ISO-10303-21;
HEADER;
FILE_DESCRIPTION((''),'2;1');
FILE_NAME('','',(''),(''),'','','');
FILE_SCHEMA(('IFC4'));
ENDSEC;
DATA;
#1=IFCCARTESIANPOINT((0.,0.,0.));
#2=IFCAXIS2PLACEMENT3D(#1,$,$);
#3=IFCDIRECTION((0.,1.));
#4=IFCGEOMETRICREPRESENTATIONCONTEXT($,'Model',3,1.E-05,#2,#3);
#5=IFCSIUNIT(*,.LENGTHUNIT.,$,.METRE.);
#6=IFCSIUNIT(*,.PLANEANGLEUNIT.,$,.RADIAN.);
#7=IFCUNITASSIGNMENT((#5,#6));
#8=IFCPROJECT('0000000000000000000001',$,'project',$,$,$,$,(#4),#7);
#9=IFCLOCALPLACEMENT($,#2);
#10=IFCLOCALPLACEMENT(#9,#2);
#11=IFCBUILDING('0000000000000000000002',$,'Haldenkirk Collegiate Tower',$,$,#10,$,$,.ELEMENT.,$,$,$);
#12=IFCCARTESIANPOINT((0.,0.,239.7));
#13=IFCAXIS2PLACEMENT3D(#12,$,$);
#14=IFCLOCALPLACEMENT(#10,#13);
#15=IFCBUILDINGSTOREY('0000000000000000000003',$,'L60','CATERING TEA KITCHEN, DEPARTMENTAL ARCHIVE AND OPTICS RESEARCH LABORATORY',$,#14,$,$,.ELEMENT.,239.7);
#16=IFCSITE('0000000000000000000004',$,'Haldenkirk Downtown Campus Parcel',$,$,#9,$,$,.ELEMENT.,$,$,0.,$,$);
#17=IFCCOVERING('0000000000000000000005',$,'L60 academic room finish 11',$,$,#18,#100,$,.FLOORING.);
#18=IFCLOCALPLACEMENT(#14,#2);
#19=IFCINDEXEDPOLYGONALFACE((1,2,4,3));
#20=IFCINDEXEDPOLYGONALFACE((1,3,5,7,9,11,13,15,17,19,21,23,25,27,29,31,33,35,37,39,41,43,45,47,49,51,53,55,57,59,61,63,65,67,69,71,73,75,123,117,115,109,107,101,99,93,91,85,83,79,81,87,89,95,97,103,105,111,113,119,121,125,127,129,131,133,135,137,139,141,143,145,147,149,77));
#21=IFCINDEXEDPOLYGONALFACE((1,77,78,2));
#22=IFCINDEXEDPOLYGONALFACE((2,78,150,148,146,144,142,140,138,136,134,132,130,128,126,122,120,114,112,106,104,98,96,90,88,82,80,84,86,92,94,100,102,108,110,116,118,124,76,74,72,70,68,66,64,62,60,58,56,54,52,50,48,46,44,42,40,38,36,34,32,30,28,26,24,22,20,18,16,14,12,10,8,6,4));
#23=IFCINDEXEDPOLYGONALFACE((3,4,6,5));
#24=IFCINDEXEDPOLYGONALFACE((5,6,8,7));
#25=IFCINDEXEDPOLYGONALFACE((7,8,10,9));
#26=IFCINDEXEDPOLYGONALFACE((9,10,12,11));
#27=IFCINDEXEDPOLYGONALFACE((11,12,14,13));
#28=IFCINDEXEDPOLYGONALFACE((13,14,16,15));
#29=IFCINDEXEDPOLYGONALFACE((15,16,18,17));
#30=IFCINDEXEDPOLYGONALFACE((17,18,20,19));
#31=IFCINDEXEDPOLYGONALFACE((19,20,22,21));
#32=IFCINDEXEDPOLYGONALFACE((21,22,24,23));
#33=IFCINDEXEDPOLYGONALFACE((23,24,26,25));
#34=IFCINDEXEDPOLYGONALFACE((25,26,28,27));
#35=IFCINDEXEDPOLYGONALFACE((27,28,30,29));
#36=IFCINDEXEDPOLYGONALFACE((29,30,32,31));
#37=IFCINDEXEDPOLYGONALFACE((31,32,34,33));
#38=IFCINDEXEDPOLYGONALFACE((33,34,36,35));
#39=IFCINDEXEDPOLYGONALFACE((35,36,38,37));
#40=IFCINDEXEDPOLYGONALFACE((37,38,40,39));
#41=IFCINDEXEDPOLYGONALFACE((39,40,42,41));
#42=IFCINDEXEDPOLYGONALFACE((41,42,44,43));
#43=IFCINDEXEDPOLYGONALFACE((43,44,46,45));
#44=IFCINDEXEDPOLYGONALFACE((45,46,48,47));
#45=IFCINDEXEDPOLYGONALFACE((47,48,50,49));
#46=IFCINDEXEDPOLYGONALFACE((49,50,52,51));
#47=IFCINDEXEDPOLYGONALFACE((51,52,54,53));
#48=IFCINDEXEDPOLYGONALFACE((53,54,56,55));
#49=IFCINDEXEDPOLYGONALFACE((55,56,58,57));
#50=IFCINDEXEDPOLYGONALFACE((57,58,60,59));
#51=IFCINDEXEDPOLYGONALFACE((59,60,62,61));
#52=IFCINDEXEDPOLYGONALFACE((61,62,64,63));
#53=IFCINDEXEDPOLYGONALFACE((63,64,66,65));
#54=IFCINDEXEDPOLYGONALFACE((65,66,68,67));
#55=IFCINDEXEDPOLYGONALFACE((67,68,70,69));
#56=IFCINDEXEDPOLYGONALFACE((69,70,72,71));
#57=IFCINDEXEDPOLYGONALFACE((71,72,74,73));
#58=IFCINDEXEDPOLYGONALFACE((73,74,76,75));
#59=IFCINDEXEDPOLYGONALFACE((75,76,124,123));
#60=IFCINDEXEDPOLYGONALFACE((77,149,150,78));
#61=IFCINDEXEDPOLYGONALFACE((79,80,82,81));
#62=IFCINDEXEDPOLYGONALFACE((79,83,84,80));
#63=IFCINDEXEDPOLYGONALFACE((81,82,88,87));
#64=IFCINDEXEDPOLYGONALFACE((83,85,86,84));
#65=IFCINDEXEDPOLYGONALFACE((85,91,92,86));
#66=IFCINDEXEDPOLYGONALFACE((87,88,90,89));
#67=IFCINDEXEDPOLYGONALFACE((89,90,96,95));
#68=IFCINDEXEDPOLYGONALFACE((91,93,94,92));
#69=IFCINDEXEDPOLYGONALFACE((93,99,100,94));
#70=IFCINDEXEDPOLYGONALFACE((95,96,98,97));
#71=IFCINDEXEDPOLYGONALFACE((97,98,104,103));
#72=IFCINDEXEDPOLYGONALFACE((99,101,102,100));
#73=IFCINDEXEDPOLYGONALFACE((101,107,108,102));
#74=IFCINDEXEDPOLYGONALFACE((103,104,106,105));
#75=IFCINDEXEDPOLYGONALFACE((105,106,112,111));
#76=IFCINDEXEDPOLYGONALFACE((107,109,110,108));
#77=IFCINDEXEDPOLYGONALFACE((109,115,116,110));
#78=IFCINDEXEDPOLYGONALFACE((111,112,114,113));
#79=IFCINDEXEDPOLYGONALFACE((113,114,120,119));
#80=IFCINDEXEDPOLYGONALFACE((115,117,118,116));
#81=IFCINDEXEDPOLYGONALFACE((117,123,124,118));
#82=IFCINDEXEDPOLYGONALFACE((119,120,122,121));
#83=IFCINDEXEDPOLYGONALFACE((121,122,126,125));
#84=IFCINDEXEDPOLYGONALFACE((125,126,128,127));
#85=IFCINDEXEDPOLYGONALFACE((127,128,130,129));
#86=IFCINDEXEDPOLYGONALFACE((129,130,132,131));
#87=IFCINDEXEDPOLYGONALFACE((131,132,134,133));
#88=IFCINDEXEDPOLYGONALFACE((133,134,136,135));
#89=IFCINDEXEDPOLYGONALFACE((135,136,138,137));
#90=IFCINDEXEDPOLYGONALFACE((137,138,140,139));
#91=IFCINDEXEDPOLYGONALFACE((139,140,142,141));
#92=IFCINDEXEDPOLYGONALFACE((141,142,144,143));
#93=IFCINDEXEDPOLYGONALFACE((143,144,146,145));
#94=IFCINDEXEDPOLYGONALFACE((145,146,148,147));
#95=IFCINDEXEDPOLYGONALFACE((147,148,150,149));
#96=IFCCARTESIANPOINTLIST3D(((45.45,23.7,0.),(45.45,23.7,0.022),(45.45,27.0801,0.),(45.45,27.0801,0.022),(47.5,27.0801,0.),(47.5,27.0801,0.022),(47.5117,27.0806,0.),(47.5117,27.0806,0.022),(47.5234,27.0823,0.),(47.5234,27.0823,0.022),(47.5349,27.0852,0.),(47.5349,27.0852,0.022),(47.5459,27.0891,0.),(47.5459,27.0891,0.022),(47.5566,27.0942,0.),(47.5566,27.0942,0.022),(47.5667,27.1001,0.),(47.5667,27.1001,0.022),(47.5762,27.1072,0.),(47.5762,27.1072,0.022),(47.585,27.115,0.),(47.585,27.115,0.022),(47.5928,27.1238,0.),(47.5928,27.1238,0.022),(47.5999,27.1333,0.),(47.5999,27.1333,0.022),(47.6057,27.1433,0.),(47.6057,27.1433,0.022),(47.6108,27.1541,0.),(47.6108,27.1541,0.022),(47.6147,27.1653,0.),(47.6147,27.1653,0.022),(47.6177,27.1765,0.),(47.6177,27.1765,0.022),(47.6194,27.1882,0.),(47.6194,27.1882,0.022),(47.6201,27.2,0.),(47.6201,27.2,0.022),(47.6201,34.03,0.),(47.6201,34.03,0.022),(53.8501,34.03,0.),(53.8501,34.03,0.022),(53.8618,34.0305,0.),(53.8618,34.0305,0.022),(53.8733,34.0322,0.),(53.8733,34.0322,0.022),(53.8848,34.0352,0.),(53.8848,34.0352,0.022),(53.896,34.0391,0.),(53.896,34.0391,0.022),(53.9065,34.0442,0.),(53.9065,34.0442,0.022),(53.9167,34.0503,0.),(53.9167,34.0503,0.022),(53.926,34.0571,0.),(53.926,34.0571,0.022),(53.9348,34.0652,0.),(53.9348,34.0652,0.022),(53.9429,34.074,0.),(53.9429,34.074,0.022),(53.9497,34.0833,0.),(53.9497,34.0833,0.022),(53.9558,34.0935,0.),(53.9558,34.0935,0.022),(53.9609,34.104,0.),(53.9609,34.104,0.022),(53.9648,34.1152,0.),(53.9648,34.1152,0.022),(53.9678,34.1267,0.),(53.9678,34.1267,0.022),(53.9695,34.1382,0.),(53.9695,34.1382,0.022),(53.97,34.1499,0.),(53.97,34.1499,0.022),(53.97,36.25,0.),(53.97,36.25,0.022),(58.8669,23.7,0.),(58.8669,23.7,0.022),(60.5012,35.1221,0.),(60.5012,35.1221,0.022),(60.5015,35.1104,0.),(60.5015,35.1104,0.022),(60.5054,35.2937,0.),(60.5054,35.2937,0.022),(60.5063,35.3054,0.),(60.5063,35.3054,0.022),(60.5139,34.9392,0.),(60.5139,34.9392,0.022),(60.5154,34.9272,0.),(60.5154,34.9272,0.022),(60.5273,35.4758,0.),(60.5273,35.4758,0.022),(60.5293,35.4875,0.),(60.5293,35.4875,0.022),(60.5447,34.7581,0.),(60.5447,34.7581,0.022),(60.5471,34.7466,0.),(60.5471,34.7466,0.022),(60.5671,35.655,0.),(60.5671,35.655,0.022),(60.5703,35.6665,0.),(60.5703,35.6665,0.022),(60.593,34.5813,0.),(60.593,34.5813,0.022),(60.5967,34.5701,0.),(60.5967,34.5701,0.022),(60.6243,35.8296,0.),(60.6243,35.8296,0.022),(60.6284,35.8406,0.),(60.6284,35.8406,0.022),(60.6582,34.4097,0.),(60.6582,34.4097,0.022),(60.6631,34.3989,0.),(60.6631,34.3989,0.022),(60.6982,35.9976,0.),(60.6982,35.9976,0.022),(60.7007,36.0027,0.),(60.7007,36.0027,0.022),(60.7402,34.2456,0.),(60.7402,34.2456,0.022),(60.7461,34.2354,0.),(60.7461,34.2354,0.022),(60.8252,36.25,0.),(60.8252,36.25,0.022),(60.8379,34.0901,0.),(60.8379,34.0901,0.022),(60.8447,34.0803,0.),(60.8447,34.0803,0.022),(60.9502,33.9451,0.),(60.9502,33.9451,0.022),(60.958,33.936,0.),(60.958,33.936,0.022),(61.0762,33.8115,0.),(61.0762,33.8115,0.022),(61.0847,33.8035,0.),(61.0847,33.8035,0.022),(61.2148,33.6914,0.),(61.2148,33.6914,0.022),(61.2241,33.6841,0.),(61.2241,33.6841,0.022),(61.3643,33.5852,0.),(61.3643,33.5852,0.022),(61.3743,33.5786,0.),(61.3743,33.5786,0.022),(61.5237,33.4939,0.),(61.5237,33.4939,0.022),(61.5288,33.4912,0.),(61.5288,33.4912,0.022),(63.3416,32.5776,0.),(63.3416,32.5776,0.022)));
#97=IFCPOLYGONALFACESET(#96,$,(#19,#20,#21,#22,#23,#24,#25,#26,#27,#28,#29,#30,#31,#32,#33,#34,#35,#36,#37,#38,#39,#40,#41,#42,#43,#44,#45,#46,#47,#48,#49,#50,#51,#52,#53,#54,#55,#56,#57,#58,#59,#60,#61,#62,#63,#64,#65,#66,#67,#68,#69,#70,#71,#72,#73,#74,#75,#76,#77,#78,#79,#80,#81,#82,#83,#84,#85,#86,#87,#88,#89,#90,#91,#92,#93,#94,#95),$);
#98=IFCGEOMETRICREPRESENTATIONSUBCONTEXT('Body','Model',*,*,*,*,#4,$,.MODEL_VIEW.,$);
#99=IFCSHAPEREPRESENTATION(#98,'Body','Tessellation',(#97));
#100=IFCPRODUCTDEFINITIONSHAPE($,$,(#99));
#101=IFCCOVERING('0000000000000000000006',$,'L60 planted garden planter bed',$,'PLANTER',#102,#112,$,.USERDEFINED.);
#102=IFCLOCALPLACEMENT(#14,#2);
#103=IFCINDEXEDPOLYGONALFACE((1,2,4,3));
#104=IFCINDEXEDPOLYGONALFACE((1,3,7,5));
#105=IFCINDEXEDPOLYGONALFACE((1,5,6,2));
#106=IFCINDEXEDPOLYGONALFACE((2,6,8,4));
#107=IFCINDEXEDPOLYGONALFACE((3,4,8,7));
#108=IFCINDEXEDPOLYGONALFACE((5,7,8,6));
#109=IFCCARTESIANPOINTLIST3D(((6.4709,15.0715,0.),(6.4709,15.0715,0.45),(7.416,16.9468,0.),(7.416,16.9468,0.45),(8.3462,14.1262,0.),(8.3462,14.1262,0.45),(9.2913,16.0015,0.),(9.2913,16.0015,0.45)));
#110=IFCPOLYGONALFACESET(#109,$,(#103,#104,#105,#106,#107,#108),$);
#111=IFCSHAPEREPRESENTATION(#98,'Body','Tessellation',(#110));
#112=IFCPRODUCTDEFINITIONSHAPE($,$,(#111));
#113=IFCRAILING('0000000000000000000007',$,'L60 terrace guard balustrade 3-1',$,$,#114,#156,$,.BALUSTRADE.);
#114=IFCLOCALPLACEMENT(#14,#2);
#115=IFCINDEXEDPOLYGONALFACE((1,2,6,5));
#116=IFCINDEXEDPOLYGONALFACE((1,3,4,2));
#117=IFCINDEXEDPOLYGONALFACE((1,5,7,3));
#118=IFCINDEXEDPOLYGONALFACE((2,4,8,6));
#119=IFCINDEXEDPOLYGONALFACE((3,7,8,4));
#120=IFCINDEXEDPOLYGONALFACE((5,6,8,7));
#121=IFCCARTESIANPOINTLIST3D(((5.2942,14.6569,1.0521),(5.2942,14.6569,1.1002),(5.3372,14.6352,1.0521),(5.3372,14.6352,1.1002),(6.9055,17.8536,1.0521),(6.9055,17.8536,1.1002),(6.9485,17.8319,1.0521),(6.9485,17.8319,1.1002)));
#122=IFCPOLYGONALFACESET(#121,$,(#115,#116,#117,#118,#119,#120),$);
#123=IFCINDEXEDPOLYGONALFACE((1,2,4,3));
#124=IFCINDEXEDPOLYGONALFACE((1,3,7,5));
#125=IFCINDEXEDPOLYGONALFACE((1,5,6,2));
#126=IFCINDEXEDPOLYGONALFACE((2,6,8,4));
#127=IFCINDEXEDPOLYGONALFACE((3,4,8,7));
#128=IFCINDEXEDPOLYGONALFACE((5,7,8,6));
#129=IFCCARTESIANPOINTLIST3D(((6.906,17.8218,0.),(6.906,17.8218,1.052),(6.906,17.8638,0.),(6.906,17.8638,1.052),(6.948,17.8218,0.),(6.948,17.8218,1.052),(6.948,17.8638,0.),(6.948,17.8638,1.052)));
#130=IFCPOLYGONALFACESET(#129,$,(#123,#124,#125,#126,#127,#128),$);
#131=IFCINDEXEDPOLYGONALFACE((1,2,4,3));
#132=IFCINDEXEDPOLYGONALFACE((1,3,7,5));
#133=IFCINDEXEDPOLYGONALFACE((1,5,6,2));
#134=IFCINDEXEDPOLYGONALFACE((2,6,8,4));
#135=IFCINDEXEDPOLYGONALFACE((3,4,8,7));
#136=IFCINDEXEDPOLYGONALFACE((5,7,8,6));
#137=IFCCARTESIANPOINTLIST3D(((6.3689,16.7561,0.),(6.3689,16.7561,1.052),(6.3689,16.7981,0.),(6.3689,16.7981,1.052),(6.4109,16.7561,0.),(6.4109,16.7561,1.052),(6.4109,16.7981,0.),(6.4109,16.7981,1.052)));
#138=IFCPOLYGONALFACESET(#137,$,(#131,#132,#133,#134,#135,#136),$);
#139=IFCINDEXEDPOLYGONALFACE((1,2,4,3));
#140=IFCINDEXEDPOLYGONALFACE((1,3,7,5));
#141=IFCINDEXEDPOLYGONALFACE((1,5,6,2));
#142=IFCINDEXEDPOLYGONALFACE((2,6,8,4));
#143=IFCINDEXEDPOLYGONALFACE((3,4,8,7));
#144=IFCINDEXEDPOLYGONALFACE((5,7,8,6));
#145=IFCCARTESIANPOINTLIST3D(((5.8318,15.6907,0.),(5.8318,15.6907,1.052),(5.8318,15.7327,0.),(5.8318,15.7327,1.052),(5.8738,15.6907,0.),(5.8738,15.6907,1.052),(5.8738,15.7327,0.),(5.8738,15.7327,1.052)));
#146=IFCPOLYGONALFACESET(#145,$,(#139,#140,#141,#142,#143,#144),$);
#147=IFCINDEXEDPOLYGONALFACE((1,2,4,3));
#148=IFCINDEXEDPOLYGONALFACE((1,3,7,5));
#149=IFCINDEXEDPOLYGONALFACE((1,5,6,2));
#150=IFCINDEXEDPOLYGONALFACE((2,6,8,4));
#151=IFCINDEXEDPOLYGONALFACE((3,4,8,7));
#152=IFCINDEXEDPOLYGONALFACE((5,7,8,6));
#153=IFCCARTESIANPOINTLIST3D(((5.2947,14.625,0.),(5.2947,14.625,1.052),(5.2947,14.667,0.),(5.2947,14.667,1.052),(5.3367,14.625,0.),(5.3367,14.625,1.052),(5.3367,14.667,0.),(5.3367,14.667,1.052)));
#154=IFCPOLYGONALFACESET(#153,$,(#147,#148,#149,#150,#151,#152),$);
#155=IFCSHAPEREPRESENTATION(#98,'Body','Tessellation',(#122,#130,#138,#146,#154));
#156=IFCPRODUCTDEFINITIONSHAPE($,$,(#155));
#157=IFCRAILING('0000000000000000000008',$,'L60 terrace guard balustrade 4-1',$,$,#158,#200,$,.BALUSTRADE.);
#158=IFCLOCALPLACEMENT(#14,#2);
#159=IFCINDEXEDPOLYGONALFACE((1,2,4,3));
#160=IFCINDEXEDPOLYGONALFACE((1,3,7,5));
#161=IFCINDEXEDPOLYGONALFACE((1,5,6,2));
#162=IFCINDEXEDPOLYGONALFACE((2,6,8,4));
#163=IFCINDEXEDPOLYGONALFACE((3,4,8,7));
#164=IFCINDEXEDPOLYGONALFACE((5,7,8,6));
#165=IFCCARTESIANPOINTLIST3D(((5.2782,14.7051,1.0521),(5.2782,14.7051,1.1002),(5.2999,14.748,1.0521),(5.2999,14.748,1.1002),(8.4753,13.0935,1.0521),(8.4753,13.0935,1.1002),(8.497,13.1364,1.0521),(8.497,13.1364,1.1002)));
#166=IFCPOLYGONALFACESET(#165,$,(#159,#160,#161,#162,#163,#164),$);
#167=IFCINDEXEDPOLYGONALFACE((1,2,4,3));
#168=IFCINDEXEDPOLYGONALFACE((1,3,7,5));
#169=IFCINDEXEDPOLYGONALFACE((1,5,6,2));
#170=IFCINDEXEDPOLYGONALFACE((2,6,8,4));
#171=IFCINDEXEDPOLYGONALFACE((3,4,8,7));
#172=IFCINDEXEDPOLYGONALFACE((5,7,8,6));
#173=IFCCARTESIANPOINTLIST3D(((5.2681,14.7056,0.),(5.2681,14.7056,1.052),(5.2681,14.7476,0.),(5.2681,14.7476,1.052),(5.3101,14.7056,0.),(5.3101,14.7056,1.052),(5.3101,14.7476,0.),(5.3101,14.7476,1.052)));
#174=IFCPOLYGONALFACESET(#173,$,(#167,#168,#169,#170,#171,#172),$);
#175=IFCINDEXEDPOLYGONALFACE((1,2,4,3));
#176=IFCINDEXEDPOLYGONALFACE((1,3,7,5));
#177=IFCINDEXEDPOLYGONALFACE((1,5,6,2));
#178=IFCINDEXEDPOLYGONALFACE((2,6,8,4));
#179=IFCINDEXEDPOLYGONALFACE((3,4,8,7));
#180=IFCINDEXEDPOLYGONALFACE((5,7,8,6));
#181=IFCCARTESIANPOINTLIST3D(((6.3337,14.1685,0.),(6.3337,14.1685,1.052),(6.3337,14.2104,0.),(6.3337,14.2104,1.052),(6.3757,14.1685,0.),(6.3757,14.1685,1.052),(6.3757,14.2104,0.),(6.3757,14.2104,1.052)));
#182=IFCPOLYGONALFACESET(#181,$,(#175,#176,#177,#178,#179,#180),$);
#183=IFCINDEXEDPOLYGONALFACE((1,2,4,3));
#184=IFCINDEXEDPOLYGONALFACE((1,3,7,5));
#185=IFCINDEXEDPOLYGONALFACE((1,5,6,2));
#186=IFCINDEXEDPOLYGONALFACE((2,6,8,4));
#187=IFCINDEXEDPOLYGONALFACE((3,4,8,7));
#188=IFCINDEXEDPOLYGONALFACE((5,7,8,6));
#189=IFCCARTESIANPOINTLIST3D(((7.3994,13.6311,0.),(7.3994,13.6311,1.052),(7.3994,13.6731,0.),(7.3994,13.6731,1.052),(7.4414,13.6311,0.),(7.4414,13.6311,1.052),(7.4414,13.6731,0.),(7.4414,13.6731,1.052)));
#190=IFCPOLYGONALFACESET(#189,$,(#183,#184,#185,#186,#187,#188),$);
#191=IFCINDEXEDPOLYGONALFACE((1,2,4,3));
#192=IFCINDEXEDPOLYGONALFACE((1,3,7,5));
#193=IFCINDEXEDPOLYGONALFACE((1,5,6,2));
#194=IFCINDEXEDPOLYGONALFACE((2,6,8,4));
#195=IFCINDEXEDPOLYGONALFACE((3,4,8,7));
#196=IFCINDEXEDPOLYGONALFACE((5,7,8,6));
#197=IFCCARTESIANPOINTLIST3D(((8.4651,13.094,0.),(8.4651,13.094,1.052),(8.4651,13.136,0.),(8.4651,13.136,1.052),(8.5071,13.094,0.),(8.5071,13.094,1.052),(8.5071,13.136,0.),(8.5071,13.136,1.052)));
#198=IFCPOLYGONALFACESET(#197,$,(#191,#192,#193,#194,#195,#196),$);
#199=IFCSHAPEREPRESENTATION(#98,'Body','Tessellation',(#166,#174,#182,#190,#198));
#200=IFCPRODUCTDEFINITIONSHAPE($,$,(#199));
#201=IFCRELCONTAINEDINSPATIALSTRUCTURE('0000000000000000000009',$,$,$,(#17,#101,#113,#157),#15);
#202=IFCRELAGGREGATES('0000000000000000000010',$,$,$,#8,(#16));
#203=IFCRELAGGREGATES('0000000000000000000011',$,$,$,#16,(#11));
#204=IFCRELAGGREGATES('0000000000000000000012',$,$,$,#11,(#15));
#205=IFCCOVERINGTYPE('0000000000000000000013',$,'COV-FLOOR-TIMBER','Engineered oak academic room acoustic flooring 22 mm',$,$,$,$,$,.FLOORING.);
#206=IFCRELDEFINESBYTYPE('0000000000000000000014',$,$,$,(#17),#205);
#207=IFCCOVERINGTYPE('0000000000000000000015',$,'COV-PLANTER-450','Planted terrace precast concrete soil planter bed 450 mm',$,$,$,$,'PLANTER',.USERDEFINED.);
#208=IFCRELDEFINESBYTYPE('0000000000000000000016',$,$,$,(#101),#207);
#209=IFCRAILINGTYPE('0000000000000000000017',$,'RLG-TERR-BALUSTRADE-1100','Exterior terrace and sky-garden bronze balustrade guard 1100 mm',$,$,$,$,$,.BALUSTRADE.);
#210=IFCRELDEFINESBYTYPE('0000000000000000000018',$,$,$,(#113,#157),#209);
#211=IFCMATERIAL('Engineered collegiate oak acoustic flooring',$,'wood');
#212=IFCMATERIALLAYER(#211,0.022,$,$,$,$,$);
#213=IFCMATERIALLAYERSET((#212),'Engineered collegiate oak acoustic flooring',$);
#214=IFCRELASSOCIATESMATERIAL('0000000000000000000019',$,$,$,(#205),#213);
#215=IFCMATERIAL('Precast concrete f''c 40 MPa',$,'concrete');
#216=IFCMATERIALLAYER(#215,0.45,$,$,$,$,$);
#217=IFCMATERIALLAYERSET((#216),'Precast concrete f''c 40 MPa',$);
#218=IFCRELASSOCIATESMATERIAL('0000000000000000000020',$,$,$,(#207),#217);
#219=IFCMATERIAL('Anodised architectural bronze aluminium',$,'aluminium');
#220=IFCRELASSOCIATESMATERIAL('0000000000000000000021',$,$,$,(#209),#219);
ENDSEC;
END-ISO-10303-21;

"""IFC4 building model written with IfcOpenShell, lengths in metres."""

from ifc_helpers import new_model, si_unit, direction, frame, origin, origin_2d, place, context, subcontext, project, spatial, polyline, rectangle, outline, extrude, material, layer, layer_set, type_object, element, save


model = new_model("IFC4")

# Units and contexts
model_context = context("Model", 3, precision=1e-05, world=origin(), true_north=direction((0.0, 1.0)))
body_context = subcontext(model_context, "Body", "Model", "MODEL_VIEW")
ifc_project = project(units=[si_unit("LENGTHUNIT", "METRE"), si_unit("PLANEANGLEUNIT", "RADIAN")], contexts=[model_context])

# Site, building, storey
site_placement = place(None, origin())
site = spatial("IfcSite", under=ifc_project, at=site_placement, Name="Haldenkirk Downtown Campus Parcel", CompositionType="ELEMENT", RefElevation=0.0)
building_placement = place(site_placement, origin())
building = spatial("IfcBuilding", under=site, at=building_placement, Name="Haldenkirk Collegiate Tower", CompositionType="ELEMENT")
storey_placement = place(building_placement, frame((0.0, 0.0, 239.7)))
storey = spatial("IfcBuildingStorey", under=building, at=storey_placement, Name="L60", Description="CATERING TEA KITCHEN, DEPARTMENTAL ARCHIVE AND OPTICS RESEARCH LABORATORY", CompositionType="ELEMENT", Elevation=239.7)

# Shared definitions
ifc_material_1 = material(Name="Anodised architectural bronze aluminium", Category="aluminium")

# Shared definitions
ifc_material_2 = material(Name="Precast concrete f'c 40 MPa", Category="concrete")

# Coverings
ifc_material_3 = material(Name="Engineered collegiate oak acoustic flooring", Category="wood")
ifc_layer_1 = layer(ifc_material_3, 0.022)
ifc_layer_set_1 = layer_set([ifc_layer_1], Name="Engineered collegiate oak acoustic flooring")
covering_type_1 = type_object("IfcCoveringType", Name="COV-FLOOR-TIMBER", Description="Engineered oak academic room acoustic flooring 22 mm", PredefinedType="FLOORING", material=ifc_layer_set_1)
covering_1_placement = place(storey_placement, origin())
element("IfcCovering", 1, at=covering_1_placement, inside=storey, type_object=covering_type_1, Name="L60 academic room finish 11", PredefinedType="FLOORING", context=body_context, shape_type="SweptSolid", body=[
    extrude(outline(polyline([(47.5, 27.0801), (47.5117, 27.0806), (47.5234, 27.0823), (47.5349, 27.0852), (47.5459, 27.0891), (47.5566, 27.0942), (47.5667, 27.1001), (47.5762, 27.1072), (47.585, 27.115), (47.5928, 27.1238), (47.5999, 27.1333), (47.6057, 27.1433), (47.6108, 27.1541), (47.6147, 27.1653), (47.6177, 27.1765), (47.6194, 27.1882), (47.6201, 27.2), (47.6201, 34.03), (53.8501, 34.03), (53.8618, 34.0305), (53.8733, 34.0322), (53.8848, 34.0352), (53.896, 34.0391), (53.9065, 34.0442), (53.9167, 34.0503), (53.926, 34.0571), (53.9348, 34.0652), (53.9429, 34.074), (53.9497, 34.0833), (53.9558, 34.0935), (53.9609, 34.104), (53.9648, 34.1152), (53.9678, 34.1267), (53.9695, 34.1382), (53.97, 34.1499), (53.97, 36.25), (60.8252, 36.25), (60.7007, 36.0027), (60.6982, 35.9976), (60.6284, 35.8406), (60.6243, 35.8296), (60.5703, 35.6665), (60.5671, 35.655), (60.5293, 35.4875), (60.5273, 35.4758), (60.5063, 35.3054), (60.5054, 35.2937), (60.5012, 35.1221), (60.5015, 35.1104), (60.5139, 34.9392), (60.5154, 34.9272), (60.5447, 34.7581), (60.5471, 34.7466), (60.593, 34.5813), (60.5967, 34.5701), (60.6582, 34.4097), (60.6631, 34.3989), (60.7402, 34.2456), (60.7461, 34.2354), (60.8379, 34.0901), (60.8447, 34.0803), (60.9502, 33.9451), (60.958, 33.936), (61.0762, 33.8115), (61.0847, 33.8035), (61.2148, 33.6914), (61.2241, 33.6841), (61.3643, 33.5852), (61.3743, 33.5786), (61.5237, 33.4939), (61.5288, 33.4912), (63.3416, 32.5776), (58.8669, 23.7), (45.45, 23.7), (45.45, 27.0801), (47.5, 27.0801)])), origin(), (0.0, 0.0, 1.0), 0.022),
])
ifc_layer_2 = layer(ifc_material_2, 0.45)
ifc_layer_set_2 = layer_set([ifc_layer_2], Name="Precast concrete f'c 40 MPa")
covering_type_2 = type_object("IfcCoveringType", Name="COV-PLANTER-450", Description="Planted terrace precast concrete soil planter bed 450 mm", ElementType="PLANTER", PredefinedType="USERDEFINED", material=ifc_layer_set_2)
covering_2_placement = place(storey_placement, origin())
element("IfcCovering", 2, at=covering_2_placement, inside=storey, type_object=covering_type_2, Name="L60 planted garden planter bed", ObjectType="PLANTER", PredefinedType="USERDEFINED", context=body_context, shape_type="SweptSolid", body=[
    extrude(outline(polyline([(8.3462, 14.1262), (6.4709, 15.0715), (7.416, 16.9468), (9.2913, 16.0015), (8.3462, 14.1262)])), origin(), (0.0, 0.0, 1.0), 0.45),
])

# Railings
railing_type = type_object("IfcRailingType", Name="RLG-TERR-BALUSTRADE-1100", Description="Exterior terrace and sky-garden bronze balustrade guard 1100 mm", PredefinedType="BALUSTRADE", material=ifc_material_1)
railing_1_placement = place(storey_placement, frame((6.927, 17.8428, 0.0)))
element("IfcRailing", 3, at=railing_1_placement, inside=storey, type_object=railing_type, Name="L60 terrace guard balustrade 3-1", PredefinedType="BALUSTRADE", context=body_context, shape_type="SweptSolid", body=[
    extrude(rectangle(XDim=0.0481, YDim=0.0481, at=origin_2d()), frame((0.0, 0.0, 1.0762), z_axis=(-0.450103, -0.892977, 0.0), x_axis=(0.892977, -0.450103, 0.0)), (0.0, 0.0, 1.0), 3.5798),
    extrude(rectangle(XDim=0.042, YDim=0.042, at=origin_2d()), origin(), (0.0, 0.0, 1.0), 1.052),
    extrude(rectangle(XDim=0.042, YDim=0.042, at=origin_2d()), frame((-0.5371, -1.0657, 0.0)), (0.0, 0.0, 1.0), 1.052),
    extrude(rectangle(XDim=0.042, YDim=0.042, at=origin_2d()), frame((-1.0742, -2.1311, 0.0)), (0.0, 0.0, 1.0), 1.052),
    extrude(rectangle(XDim=0.042, YDim=0.042, at=origin_2d()), frame((-1.6113, -3.1968, 0.0)), (0.0, 0.0, 1.0), 1.052),
])
railing_2_placement = place(storey_placement, frame((5.2891, 14.7266, 0.0)))
element("IfcRailing", 4, at=railing_2_placement, inside=storey, type_object=railing_type, Name="L60 terrace guard balustrade 4-1", PredefinedType="BALUSTRADE", context=body_context, shape_type="SweptSolid", body=[
    extrude(rectangle(XDim=0.0481, YDim=0.0481, at=origin_2d()), frame((0.0, 0.0, 1.0762), z_axis=(0.892963, -0.45013, 0.0), x_axis=(0.45013, 0.892963, 0.0)), (0.0, 0.0, 1.0), 3.5803),
    extrude(rectangle(XDim=0.042, YDim=0.042, at=origin_2d()), origin(), (0.0, 0.0, 1.0), 1.052),
    extrude(rectangle(XDim=0.042, YDim=0.042, at=origin_2d()), frame((1.0657, -0.5371, 0.0)), (0.0, 0.0, 1.0), 1.052),
    extrude(rectangle(XDim=0.042, YDim=0.042, at=origin_2d()), frame((2.1313, -1.0745, 0.0)), (0.0, 0.0, 1.0), 1.052),
    extrude(rectangle(XDim=0.042, YDim=0.042, at=origin_2d()), frame((3.197, -1.6116, 0.0)), (0.0, 0.0, 1.0), 1.052),
])

save(model, "model.ifc")
